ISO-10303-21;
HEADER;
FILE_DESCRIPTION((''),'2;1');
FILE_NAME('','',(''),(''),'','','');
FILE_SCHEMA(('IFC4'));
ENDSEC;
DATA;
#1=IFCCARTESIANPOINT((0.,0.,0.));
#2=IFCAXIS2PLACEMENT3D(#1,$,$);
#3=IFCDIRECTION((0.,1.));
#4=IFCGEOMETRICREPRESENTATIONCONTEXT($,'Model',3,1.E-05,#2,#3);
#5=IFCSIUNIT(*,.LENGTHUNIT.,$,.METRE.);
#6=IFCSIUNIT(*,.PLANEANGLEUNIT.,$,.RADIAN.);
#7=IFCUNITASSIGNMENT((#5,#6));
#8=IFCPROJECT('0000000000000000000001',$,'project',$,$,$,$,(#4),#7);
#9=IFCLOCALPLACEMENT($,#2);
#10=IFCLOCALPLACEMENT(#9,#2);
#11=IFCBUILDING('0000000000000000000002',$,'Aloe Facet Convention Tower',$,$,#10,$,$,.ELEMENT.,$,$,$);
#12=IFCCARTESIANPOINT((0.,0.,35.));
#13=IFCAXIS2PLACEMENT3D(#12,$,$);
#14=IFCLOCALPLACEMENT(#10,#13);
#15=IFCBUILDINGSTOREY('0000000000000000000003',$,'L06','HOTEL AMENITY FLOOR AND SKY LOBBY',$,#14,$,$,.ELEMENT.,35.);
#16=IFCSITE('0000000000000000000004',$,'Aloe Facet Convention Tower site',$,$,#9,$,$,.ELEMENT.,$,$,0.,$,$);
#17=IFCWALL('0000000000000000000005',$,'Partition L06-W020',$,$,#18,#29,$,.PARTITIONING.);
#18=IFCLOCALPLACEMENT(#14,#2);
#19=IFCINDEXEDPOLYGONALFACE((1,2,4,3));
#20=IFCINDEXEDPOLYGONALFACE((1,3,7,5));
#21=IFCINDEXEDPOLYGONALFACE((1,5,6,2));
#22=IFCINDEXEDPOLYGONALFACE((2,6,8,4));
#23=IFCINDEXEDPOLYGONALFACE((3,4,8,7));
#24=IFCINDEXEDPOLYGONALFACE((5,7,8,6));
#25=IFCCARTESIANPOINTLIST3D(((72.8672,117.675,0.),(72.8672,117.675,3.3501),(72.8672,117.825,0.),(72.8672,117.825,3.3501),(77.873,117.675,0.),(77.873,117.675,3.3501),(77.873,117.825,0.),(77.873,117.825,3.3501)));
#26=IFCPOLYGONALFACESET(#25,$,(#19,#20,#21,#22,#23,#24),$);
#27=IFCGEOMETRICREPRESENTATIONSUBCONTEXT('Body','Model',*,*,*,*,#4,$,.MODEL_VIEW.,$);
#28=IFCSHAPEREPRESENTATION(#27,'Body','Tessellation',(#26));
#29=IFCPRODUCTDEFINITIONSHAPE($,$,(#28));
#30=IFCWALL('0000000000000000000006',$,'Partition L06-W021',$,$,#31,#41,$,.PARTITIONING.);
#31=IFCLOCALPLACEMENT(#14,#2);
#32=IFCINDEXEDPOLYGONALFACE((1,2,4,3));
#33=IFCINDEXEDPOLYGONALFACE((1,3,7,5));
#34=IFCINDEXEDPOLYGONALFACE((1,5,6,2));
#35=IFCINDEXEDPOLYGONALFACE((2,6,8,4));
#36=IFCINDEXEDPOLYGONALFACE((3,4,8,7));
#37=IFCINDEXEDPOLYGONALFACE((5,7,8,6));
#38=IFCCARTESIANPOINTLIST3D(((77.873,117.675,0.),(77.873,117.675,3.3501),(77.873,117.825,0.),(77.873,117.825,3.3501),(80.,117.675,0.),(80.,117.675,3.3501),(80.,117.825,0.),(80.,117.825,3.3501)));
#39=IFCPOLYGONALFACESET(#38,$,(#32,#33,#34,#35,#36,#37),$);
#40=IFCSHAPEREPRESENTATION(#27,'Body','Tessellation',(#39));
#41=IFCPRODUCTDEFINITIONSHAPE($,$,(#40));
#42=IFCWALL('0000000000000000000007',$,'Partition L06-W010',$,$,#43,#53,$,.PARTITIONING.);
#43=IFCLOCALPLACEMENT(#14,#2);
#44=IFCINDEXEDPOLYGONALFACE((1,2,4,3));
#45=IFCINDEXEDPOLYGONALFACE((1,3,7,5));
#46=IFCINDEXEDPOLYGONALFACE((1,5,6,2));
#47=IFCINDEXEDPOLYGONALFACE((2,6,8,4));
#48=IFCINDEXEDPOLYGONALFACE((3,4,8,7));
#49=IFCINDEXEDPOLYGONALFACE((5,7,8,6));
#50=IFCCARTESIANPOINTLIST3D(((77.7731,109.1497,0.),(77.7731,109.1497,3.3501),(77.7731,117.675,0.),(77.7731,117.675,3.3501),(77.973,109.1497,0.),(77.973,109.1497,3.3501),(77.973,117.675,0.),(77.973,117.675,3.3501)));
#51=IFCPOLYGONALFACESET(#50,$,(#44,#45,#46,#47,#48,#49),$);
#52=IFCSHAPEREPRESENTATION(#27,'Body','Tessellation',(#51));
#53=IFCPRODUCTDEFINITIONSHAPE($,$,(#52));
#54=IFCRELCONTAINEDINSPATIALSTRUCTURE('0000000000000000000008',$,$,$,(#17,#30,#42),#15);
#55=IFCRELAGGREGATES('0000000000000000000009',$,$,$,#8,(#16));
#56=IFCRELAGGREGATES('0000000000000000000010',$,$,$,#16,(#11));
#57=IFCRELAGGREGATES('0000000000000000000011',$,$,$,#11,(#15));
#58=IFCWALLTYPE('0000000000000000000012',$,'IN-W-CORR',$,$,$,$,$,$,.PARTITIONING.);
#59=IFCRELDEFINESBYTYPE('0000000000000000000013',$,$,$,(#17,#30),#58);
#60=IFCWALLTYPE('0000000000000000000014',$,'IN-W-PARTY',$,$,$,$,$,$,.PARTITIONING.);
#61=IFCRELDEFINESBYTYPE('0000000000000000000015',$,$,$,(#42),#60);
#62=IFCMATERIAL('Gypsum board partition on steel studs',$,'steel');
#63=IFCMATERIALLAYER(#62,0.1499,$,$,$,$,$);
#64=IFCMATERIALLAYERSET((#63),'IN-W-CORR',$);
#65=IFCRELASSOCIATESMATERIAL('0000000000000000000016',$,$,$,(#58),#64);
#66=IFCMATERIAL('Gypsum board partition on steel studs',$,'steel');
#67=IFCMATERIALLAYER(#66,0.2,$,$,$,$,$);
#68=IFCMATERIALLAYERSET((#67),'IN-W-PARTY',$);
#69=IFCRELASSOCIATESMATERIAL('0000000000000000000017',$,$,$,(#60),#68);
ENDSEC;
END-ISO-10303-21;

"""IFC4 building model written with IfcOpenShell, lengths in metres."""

from ifc_helpers import new_model, si_unit, direction, frame, frame_2d, origin, place, context, subcontext, project, spatial, rectangle, extrude, material, layer, layer_set, type_object, element, save


model = new_model("IFC4")

# Units and contexts
model_context = context("Model", 3, precision=1e-05, world=origin(), true_north=direction((0.0, 1.0)))
body_context = subcontext(model_context, "Body", "Model", "MODEL_VIEW")
ifc_project = project(units=[si_unit("LENGTHUNIT", "METRE"), si_unit("PLANEANGLEUNIT", "RADIAN")], contexts=[model_context])

# Site, building, storey
site_placement = place(None, origin())
site = spatial("IfcSite", under=ifc_project, at=site_placement, Name="Aloe Facet Convention Tower site", CompositionType="ELEMENT", RefElevation=0.0)
building_placement = place(site_placement, origin())
building = spatial("IfcBuilding", under=site, at=building_placement, Name="Aloe Facet Convention Tower", CompositionType="ELEMENT")
storey_placement = place(building_placement, frame((0.0, 0.0, 35.0)))
storey = spatial("IfcBuildingStorey", under=building, at=storey_placement, Name="L06", Description="HOTEL AMENITY FLOOR AND SKY LOBBY", CompositionType="ELEMENT", Elevation=35.0)

# Shared definitions
ifc_material_1 = material(Name="Gypsum board partition on steel studs", Category="steel")
ifc_layer_1 = layer(ifc_material_1, 0.1499)
ifc_layer_set_1 = layer_set([ifc_layer_1], Name="IN-W-CORR")
wall_type_1 = type_object("IfcWallType", Name="IN-W-CORR", PredefinedType="PARTITIONING", material=ifc_layer_set_1)

# Walls
wall_1_placement = place(storey_placement, frame((72.8672, 117.75, 0.0), z_axis=(0.0, 0.0, 1.0), x_axis=(1.0, 0.0, 0.0)))
element("IfcWall", 1, at=wall_1_placement, inside=storey, type_object=wall_type_1, Name="Partition L06-W020", PredefinedType="PARTITIONING", context=body_context, shape_type="SweptSolid", body=[
    extrude(rectangle(XDim=5.0059, YDim=0.1499, at=frame_2d((2.5029, 0.0))), origin(), (0.0, 0.0, 1.0), 3.3501),
])
wall_2_placement = place(storey_placement, frame((77.873, 117.75, 0.0), z_axis=(0.0, 0.0, 1.0), x_axis=(1.0, 0.0, 0.0)))
element("IfcWall", 2, at=wall_2_placement, inside=storey, type_object=wall_type_1, Name="Partition L06-W021", PredefinedType="PARTITIONING", context=body_context, shape_type="SweptSolid", body=[
    extrude(rectangle(XDim=2.127, YDim=0.1499, at=frame_2d((1.0635, 0.0))), origin(), (0.0, 0.0, 1.0), 3.3501),
])
ifc_material_2 = material(Name="Gypsum board partition on steel studs", Category="steel")
ifc_layer_2 = layer(ifc_material_2, 0.2)
ifc_layer_set_2 = layer_set([ifc_layer_2], Name="IN-W-PARTY")
wall_type_2 = type_object("IfcWallType", Name="IN-W-PARTY", PredefinedType="PARTITIONING", material=ifc_layer_set_2)
wall_3_placement = place(storey_placement, frame((77.873, 109.1497, 0.0), z_axis=(0.0, 0.0, 1.0), x_axis=(0.0, 1.0, 0.0)))
element("IfcWall", 3, at=wall_3_placement, inside=storey, type_object=wall_type_2, Name="Partition L06-W010", PredefinedType="PARTITIONING", context=body_context, shape_type="SweptSolid", body=[
    extrude(rectangle(XDim=8.5254, YDim=0.2, at=frame_2d((4.2627, 0.0))), origin(), (0.0, 0.0, 1.0), 3.3501),
])

save(model, "model.ifc")
